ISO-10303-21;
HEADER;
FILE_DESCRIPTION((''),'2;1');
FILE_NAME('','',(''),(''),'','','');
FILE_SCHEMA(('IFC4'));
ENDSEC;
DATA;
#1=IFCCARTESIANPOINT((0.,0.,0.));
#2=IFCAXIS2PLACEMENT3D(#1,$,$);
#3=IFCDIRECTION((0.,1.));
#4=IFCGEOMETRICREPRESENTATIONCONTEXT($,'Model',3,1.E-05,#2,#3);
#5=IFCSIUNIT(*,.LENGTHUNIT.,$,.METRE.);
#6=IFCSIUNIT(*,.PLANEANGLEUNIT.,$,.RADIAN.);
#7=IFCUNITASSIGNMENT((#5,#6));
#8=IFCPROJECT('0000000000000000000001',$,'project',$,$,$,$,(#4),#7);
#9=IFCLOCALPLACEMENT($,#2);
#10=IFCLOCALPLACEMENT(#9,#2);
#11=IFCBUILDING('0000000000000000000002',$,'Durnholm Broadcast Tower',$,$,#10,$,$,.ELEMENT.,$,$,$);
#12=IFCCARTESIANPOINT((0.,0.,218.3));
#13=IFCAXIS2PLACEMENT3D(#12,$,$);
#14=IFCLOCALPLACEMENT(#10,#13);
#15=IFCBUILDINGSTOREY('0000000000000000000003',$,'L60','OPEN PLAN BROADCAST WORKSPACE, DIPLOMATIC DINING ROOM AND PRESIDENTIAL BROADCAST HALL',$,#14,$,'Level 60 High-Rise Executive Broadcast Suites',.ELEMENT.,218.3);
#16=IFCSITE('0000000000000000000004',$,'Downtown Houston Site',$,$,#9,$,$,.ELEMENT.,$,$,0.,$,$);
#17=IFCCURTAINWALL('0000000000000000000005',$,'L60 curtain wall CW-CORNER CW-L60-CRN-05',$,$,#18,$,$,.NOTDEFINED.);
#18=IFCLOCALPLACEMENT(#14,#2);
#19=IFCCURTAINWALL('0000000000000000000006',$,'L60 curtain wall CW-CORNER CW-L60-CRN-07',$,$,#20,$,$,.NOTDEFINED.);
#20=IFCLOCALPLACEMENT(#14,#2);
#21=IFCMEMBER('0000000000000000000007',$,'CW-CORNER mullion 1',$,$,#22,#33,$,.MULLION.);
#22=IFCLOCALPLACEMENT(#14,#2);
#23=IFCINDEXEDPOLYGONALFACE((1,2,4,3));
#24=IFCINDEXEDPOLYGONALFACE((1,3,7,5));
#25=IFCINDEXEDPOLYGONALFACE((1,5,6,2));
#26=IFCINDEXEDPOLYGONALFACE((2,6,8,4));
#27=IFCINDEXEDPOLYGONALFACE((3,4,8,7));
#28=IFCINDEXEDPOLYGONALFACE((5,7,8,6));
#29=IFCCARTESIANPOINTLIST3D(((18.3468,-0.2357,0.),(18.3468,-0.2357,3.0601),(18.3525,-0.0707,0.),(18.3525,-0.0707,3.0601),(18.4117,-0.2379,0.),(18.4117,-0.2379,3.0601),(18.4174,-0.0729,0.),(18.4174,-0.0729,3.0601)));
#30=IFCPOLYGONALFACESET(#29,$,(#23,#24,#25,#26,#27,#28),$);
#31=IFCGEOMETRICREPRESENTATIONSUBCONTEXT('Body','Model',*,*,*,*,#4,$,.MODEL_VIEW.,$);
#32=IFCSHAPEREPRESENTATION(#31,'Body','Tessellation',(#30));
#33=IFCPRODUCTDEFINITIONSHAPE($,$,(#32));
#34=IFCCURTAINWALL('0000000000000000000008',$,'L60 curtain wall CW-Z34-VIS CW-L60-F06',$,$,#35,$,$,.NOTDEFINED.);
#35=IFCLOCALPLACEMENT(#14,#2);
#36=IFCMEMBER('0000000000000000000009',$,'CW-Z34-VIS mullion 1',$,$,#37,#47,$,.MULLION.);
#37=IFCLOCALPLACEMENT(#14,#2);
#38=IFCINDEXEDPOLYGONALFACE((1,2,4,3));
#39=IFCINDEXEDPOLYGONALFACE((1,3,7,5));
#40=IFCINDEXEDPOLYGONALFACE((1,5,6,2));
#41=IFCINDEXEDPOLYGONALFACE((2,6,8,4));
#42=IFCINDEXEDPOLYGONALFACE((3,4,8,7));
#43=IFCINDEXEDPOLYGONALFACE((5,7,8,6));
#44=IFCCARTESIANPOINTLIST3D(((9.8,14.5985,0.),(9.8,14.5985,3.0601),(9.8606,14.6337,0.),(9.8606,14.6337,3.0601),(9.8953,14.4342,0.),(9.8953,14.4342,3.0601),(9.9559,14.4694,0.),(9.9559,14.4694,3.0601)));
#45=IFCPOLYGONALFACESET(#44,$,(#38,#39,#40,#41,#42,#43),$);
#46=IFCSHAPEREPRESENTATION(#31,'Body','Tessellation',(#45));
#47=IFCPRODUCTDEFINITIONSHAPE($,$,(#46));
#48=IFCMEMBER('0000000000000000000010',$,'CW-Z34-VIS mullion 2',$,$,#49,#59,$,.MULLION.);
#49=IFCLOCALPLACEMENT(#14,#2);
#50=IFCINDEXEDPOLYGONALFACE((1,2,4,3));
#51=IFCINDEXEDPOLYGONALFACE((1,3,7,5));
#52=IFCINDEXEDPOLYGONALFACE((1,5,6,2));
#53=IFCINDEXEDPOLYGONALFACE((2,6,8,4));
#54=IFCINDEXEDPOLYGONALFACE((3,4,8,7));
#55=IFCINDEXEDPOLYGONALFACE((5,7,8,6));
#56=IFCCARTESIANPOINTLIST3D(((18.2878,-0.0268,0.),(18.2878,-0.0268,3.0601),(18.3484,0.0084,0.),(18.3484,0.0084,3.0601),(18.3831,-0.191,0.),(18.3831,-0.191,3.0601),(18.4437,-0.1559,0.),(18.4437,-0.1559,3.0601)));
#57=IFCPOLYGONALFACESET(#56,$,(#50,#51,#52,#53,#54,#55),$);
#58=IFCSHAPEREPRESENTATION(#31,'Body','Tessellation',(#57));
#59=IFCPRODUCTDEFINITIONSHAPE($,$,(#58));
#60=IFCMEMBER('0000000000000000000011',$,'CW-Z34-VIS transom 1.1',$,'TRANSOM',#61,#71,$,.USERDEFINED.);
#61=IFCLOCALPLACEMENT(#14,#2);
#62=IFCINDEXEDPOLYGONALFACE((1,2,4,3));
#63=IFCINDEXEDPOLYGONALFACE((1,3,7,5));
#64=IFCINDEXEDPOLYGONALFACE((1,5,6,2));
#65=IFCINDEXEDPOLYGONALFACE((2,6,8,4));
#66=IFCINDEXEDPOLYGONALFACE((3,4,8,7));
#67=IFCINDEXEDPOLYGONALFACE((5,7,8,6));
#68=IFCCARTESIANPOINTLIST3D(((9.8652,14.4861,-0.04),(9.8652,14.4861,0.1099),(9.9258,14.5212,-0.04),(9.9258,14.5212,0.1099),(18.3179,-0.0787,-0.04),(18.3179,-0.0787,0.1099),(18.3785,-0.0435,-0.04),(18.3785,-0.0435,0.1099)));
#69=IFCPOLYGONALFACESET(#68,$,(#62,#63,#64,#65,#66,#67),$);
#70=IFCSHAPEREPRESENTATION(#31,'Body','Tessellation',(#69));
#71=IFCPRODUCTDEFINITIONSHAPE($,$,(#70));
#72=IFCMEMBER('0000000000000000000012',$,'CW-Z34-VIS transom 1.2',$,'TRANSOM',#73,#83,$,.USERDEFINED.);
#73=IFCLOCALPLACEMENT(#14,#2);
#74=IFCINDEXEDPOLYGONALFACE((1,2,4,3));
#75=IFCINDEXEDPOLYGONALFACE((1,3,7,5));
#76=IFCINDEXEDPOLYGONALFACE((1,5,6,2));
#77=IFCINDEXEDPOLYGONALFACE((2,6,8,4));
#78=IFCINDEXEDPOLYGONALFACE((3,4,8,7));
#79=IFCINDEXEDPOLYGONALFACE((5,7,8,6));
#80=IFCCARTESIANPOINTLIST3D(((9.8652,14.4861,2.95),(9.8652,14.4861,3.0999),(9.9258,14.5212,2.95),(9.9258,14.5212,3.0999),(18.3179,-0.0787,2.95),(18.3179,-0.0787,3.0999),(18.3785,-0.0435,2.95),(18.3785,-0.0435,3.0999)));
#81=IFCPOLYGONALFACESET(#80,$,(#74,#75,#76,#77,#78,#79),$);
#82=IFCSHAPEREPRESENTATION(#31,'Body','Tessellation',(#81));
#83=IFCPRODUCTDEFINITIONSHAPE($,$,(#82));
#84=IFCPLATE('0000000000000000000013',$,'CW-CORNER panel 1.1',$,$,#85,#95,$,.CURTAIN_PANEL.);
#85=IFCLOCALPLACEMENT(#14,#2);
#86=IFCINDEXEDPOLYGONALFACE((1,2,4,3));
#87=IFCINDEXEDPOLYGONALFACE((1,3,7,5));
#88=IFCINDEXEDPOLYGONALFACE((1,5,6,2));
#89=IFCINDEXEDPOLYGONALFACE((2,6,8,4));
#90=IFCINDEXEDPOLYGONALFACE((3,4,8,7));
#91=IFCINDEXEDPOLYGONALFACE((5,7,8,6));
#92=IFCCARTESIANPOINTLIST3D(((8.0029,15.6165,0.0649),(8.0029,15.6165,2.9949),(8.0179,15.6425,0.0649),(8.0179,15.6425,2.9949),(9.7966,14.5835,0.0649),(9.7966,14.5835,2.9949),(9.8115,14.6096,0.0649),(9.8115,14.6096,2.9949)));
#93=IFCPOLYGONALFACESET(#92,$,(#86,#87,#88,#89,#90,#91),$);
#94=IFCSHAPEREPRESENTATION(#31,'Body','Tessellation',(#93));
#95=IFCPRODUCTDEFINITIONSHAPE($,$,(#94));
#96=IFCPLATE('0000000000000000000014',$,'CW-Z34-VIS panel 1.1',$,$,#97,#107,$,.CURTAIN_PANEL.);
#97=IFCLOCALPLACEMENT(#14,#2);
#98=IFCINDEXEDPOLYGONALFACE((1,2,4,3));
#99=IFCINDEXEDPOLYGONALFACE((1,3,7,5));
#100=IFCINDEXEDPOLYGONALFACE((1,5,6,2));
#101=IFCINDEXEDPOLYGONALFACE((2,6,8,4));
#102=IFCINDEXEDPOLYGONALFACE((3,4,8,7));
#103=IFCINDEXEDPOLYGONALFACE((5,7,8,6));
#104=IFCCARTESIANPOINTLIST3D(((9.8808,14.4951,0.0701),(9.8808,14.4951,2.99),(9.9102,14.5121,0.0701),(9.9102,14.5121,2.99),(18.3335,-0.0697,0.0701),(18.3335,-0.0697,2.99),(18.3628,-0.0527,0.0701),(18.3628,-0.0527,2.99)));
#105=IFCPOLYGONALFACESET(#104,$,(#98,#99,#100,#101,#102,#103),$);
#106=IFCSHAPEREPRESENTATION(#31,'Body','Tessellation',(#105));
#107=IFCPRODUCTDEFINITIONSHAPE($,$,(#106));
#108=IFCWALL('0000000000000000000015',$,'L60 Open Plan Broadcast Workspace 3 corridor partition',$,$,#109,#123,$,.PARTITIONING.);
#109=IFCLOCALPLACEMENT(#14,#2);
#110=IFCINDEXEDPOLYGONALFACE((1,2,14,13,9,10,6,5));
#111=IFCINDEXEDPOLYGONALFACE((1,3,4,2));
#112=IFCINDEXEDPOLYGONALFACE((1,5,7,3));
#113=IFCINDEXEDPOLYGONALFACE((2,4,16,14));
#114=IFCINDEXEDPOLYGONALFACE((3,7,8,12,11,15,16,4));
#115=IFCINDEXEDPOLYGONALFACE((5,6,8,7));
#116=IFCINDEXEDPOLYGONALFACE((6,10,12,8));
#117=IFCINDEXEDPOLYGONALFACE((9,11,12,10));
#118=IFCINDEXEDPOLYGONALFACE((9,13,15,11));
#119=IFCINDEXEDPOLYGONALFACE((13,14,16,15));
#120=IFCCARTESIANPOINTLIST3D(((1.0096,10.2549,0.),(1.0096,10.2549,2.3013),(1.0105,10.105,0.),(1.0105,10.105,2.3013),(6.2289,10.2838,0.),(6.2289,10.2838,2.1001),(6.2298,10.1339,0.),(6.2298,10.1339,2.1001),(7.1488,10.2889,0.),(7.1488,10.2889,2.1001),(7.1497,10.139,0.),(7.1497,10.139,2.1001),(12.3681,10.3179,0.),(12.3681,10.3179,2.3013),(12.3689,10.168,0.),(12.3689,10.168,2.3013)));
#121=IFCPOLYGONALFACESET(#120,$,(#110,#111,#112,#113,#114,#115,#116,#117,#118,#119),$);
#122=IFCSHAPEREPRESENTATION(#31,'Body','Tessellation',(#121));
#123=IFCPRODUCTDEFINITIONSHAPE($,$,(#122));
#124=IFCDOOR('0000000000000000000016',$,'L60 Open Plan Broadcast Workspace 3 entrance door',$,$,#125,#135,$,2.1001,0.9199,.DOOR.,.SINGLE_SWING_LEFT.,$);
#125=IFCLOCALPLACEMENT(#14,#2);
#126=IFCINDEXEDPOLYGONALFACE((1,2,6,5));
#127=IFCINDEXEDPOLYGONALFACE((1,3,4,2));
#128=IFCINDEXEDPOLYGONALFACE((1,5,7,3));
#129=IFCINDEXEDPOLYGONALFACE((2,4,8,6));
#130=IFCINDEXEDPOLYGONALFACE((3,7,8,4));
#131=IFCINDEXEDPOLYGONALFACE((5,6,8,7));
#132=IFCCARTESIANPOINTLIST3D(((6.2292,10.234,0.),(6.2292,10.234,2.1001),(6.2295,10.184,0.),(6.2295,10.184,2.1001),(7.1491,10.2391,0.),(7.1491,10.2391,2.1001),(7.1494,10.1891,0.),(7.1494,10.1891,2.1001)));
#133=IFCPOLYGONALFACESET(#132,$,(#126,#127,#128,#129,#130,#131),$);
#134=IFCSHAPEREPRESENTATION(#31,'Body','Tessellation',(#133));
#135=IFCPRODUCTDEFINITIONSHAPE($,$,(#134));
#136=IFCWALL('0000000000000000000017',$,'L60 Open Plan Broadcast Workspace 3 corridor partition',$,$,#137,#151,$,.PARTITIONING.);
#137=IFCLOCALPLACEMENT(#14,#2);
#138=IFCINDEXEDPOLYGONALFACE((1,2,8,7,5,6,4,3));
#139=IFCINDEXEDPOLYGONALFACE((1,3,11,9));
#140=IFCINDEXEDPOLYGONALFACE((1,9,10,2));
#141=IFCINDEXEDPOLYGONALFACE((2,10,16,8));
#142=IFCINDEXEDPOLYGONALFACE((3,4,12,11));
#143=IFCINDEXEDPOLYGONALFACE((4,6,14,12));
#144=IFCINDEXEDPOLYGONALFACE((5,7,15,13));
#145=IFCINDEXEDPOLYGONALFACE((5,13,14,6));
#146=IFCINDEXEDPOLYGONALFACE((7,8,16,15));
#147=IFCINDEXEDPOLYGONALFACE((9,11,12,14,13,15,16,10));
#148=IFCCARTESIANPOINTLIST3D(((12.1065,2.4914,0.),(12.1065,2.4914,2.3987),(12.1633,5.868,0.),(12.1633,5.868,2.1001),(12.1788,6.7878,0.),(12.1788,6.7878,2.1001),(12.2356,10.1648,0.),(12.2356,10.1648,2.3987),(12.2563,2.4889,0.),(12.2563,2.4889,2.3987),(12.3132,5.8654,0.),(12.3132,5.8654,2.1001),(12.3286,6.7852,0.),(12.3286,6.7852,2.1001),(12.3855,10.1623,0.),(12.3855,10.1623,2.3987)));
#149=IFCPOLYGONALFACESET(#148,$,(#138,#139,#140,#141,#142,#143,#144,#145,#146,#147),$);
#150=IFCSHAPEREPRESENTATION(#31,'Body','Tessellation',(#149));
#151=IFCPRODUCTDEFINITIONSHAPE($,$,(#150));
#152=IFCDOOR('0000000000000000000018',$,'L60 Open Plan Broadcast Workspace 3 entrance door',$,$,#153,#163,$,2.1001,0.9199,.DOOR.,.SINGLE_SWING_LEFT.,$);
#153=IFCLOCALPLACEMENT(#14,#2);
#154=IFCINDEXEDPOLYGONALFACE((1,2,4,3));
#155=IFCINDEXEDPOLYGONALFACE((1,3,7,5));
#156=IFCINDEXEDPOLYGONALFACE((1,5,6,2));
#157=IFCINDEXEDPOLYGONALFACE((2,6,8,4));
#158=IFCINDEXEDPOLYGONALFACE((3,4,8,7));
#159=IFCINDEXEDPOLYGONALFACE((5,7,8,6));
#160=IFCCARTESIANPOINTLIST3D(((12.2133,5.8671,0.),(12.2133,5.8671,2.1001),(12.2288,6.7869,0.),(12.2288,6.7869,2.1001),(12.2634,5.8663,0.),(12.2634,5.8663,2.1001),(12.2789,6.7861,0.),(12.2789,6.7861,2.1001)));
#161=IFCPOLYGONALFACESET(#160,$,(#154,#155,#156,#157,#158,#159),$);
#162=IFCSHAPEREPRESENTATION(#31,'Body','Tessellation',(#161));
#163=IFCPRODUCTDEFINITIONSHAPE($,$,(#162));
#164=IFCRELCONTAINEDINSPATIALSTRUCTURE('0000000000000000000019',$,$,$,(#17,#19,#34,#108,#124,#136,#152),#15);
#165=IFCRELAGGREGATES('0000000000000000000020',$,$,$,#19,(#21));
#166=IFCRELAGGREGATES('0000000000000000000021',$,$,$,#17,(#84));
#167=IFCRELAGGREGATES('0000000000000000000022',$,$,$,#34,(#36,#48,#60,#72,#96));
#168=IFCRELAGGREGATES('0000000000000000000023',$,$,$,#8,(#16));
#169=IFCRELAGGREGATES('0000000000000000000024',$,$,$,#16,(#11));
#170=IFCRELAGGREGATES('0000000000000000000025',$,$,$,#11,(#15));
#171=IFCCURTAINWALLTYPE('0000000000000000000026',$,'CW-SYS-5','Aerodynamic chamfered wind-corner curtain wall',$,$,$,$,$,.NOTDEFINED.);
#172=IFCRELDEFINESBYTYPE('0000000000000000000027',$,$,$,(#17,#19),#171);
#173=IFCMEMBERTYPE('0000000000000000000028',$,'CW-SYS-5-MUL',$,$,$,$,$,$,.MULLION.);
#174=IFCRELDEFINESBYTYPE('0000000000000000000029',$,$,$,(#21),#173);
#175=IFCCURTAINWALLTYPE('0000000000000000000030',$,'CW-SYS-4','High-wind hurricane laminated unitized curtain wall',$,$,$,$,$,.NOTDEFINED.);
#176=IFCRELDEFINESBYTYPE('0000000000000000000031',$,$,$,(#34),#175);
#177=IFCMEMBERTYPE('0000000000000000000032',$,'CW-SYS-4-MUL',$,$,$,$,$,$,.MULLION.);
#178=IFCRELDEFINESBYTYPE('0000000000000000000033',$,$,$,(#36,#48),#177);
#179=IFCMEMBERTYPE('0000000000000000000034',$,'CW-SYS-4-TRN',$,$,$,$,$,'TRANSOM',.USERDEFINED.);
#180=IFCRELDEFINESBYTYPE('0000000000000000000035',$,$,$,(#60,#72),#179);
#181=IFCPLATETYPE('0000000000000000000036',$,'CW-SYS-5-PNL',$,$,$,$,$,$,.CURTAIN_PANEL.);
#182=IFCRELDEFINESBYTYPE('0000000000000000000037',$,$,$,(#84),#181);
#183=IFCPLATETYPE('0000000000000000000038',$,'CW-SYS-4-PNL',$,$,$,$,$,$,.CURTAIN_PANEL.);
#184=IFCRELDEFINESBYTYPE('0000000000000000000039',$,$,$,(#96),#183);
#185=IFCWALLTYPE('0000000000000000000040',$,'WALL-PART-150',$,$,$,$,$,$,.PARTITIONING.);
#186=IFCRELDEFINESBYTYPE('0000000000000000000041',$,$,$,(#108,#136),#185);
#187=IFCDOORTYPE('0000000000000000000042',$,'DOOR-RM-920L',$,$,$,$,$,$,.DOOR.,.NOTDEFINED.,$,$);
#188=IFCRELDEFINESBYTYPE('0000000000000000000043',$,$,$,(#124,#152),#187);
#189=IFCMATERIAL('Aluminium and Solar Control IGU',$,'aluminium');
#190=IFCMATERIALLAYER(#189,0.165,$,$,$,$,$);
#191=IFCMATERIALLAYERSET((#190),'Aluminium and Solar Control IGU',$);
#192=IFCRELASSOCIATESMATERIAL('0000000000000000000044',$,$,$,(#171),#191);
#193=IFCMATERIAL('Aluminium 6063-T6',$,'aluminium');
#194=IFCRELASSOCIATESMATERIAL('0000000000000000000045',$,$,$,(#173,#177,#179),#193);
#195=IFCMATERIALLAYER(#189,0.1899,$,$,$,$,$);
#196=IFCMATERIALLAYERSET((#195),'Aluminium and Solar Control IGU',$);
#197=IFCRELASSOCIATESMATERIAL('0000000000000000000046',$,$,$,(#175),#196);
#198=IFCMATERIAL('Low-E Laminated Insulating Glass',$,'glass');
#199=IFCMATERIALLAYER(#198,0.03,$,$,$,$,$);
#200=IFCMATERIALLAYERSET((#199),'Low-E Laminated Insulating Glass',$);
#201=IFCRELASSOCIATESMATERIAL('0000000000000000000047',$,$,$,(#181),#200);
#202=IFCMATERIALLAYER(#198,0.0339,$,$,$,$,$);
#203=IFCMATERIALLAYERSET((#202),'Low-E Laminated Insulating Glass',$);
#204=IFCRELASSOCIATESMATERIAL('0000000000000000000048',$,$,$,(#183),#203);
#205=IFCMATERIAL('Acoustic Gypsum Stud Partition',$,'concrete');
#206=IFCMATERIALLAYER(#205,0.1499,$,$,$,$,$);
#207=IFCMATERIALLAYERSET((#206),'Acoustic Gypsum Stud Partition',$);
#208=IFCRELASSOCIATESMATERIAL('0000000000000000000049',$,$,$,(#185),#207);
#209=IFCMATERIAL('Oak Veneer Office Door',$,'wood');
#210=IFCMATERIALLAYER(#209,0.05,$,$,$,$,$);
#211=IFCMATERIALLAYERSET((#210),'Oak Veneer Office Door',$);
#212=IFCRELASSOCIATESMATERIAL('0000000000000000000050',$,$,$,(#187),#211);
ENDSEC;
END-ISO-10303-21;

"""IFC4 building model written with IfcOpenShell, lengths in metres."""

from ifc_helpers import new_model, si_unit, direction, frame, frame_2d, origin, origin_2d, place, context, subcontext, project, spatial, rectangle, extrude, source, transform, mapped, material, layer, layer_set, material_profile, profile_set, type_object, type_shapes, element, fill, aggregate, save


model = new_model("IFC4")

# Units and contexts
model_context = context("Model", 3, precision=1e-05, world=origin(), true_north=direction((0.0, 1.0)))
body_context = subcontext(model_context, "Body", "Model", "MODEL_VIEW")
ifc_project = project(units=[si_unit("LENGTHUNIT", "METRE"), si_unit("PLANEANGLEUNIT", "RADIAN")], contexts=[model_context])

# Site, building, storey
site_placement = place(None, origin())
site = spatial("IfcSite", under=ifc_project, at=site_placement, Name="Downtown Houston Site", CompositionType="ELEMENT", RefElevation=0.0)
building_placement = place(site_placement, origin())
building = spatial("IfcBuilding", under=site, at=building_placement, Name="Durnholm Broadcast Tower", CompositionType="ELEMENT")
storey_placement = place(building_placement, frame((0.0, 0.0, 218.3)))
storey = spatial("IfcBuildingStorey", under=building, at=storey_placement, Name="L60", Description="OPEN PLAN BROADCAST WORKSPACE, DIPLOMATIC DINING ROOM AND PRESIDENTIAL BROADCAST HALL", LongName="Level 60 High-Rise Executive Broadcast Suites", CompositionType="ELEMENT", Elevation=218.3)

# Curtain walls
ifc_material_1 = material(Name="Aluminium and Solar Control IGU", Category="aluminium")
ifc_layer_1 = layer(ifc_material_1, 0.165)
ifc_layer_set_1 = layer_set([ifc_layer_1], Name="Aluminium and Solar Control IGU")
curtain_wall_type_1 = type_object("IfcCurtainWallType", Name="CW-SYS-5", Description="Aerodynamic chamfered wind-corner curtain wall", PredefinedType="NOTDEFINED", material=ifc_layer_set_1)
curtain_wall_1_placement = place(storey_placement, origin())
curtain_wall_1 = element("IfcCurtainWall", 1, at=curtain_wall_1_placement, inside=storey, type_object=curtain_wall_type_1, Name="L60 curtain wall CW-CORNER CW-L60-CRN-05", PredefinedType="NOTDEFINED")
ifc_material_2 = material(Name="Aluminium 6063-T6", Category="aluminium")
curtain_wall_2_placement = place(storey_placement, origin())
curtain_wall_2 = element("IfcCurtainWall", 2, at=curtain_wall_2_placement, inside=storey, type_object=curtain_wall_type_1, Name="L60 curtain wall CW-CORNER CW-L60-CRN-07", PredefinedType="NOTDEFINED")

# Member
ifc_material_profile_1 = material_profile(ifc_material_2, rectangle(XDim=0.0649, YDim=0.165, at=origin_2d()), Name="CWM65X165")
ifc_profile_set_1 = profile_set([ifc_material_profile_1], Name="Aluminium 6063-T6")
member_type_1 = type_object("IfcMemberType", Name="CW-SYS-5-MUL", PredefinedType="MULLION", material=ifc_profile_set_1)
shared_shape_1 = source(origin(), body_context, "Body", "SweptSolid", [
    extrude(rectangle(XDim=0.0649, YDim=0.165, at=origin_2d()), origin(), (0.0, 0.0, 1.0), 3.0601),
])
type_shapes(member_type_1, [shared_shape_1])
member_1_placement = place(storey_placement, frame((18.3821, -0.1543, 0.0), z_axis=(0.0, 0.0, 1.0), x_axis=(0.999411, -0.034318, 0.0)))
member_1 = element("IfcMember", 3, at=member_1_placement, type_object=member_type_1, Name="CW-CORNER mullion 1", PredefinedType="MULLION", context=body_context, shape_type="MappedRepresentation", body=[
    mapped(shared_shape_1, transform((0.0, 0.0, 0.0), x_axis=(1.0, 0.0, 0.0), y_axis=(0.0, 1.0, 0.0), z_axis=(0.0, 0.0, 1.0), scale=1.0)),
])
aggregate(curtain_wall_2, [member_1])

# Curtain wall, members
ifc_layer_2 = layer(ifc_material_1, 0.1899)
ifc_layer_set_2 = layer_set([ifc_layer_2], Name="Aluminium and Solar Control IGU")
curtain_wall_type_2 = type_object("IfcCurtainWallType", Name="CW-SYS-4", Description="High-wind hurricane laminated unitized curtain wall", PredefinedType="NOTDEFINED", material=ifc_layer_set_2)
curtain_wall_3_placement = place(storey_placement, origin())
curtain_wall_3 = element("IfcCurtainWall", 4, at=curtain_wall_3_placement, inside=storey, type_object=curtain_wall_type_2, Name="L60 curtain wall CW-Z34-VIS CW-L60-F06", PredefinedType="NOTDEFINED")
ifc_material_profile_2 = material_profile(ifc_material_2, rectangle(XDim=0.0701, YDim=0.1899, at=origin_2d()), Name="CWM70X190")
ifc_profile_set_2 = profile_set([ifc_material_profile_2], Name="Aluminium 6063-T6")
member_type_2 = type_object("IfcMemberType", Name="CW-SYS-4-MUL", PredefinedType="MULLION", material=ifc_profile_set_2)
shared_shape_2 = source(origin(), body_context, "Body", "SweptSolid", [
    extrude(rectangle(XDim=0.0701, YDim=0.1899, at=origin_2d()), origin(), (0.0, 0.0, 1.0), 3.0601),
])
type_shapes(member_type_2, [shared_shape_2])
member_2_placement = place(storey_placement, frame((9.8779, 14.5339, 0.0), z_axis=(0.0, 0.0, 1.0), x_axis=(0.8649, 0.501944, 0.0)))
member_2 = element("IfcMember", 5, at=member_2_placement, type_object=member_type_2, Name="CW-Z34-VIS mullion 1", PredefinedType="MULLION", context=body_context, shape_type="MappedRepresentation", body=[
    mapped(shared_shape_2, transform((0.0, 0.0, 0.0), x_axis=(1.0, 0.0, 0.0), y_axis=(0.0, 1.0, 0.0), z_axis=(0.0, 0.0, 1.0), scale=1.0)),
])
member_3_placement = place(storey_placement, frame((18.3657, -0.0913, 0.0), z_axis=(0.0, 0.0, 1.0), x_axis=(0.8649, 0.501944, 0.0)))
member_3 = element("IfcMember", 6, at=member_3_placement, type_object=member_type_2, Name="CW-Z34-VIS mullion 2", PredefinedType="MULLION", context=body_context, shape_type="MappedRepresentation", body=[
    mapped(shared_shape_2, transform((0.0, 0.0, 0.0), x_axis=(1.0, 0.0, 0.0), y_axis=(0.0, 1.0, 0.0), z_axis=(0.0, 0.0, 1.0), scale=1.0)),
])
ifc_material_profile_3 = material_profile(ifc_material_2, rectangle(XDim=0.0701, YDim=0.1499, at=origin_2d()), Name="CWT70X150")
ifc_profile_set_3 = profile_set([ifc_material_profile_3], Name="Aluminium 6063-T6")
member_type_3 = type_object("IfcMemberType", Name="CW-SYS-4-TRN", ElementType="TRANSOM", PredefinedType="USERDEFINED", material=ifc_profile_set_3)
shared_shape_3 = source(origin(), body_context, "Body", "SweptSolid", [
    extrude(rectangle(XDim=0.0701, YDim=0.1499, at=origin_2d()), origin(), (0.0, 0.0, 1.0), 16.8398),
])
type_shapes(member_type_3, [shared_shape_3])
member_4_placement = place(storey_placement, frame((9.8955, 14.5037, 0.0349), z_axis=(0.501945, -0.864899, 0.0), x_axis=(0.864899, 0.501945, 0.0)))
member_4 = element("IfcMember", 7, at=member_4_placement, type_object=member_type_3, Name="CW-Z34-VIS transom 1.1", ObjectType="TRANSOM", PredefinedType="USERDEFINED", context=body_context, shape_type="MappedRepresentation", body=[
    mapped(shared_shape_3, transform((0.0, 0.0, 0.0), x_axis=(1.0, 0.0, 0.0), y_axis=(0.0, 1.0, 0.0), z_axis=(0.0, 0.0, 1.0), scale=1.0)),
])
member_5_placement = place(storey_placement, frame((9.8955, 14.5037, 3.0249), z_axis=(0.501945, -0.864899, 0.0), x_axis=(0.864899, 0.501945, 0.0)))
member_5 = element("IfcMember", 8, at=member_5_placement, type_object=member_type_3, Name="CW-Z34-VIS transom 1.2", ObjectType="TRANSOM", PredefinedType="USERDEFINED", context=body_context, shape_type="MappedRepresentation", body=[
    mapped(shared_shape_3, transform((0.0, 0.0, 0.0), x_axis=(1.0, 0.0, 0.0), y_axis=(0.0, 1.0, 0.0), z_axis=(0.0, 0.0, 1.0), scale=1.0)),
])

# Plates
ifc_material_3 = material(Name="Low-E Laminated Insulating Glass", Category="glass")
ifc_layer_3 = layer(ifc_material_3, 0.03)
ifc_layer_set_3 = layer_set([ifc_layer_3], Name="Low-E Laminated Insulating Glass")
plate_type_1 = type_object("IfcPlateType", Name="CW-SYS-5-PNL", PredefinedType="CURTAIN_PANEL", material=ifc_layer_set_3)
shared_shape_4 = source(origin(), body_context, "Body", "SweptSolid", [
    extrude(rectangle(XDim=2.0698, YDim=0.03, at=origin_2d()), origin(), (0.0, 0.0, 1.0), 2.9299),
])
type_shapes(plate_type_1, [shared_shape_4])
plate_1_placement = place(storey_placement, frame((8.9072, 15.113, 0.0649), z_axis=(0.0, 0.0, 1.0), x_axis=(0.866568, -0.499059, 0.0)))
plate_1 = element("IfcPlate", 9, at=plate_1_placement, type_object=plate_type_1, Name="CW-CORNER panel 1.1", PredefinedType="CURTAIN_PANEL", context=body_context, shape_type="MappedRepresentation", body=[
    mapped(shared_shape_4, transform((0.0, 0.0, 0.0), x_axis=(1.0, 0.0, 0.0), y_axis=(0.0, 1.0, 0.0), z_axis=(0.0, 0.0, 1.0), scale=1.0)),
])
aggregate(curtain_wall_1, [plate_1])
ifc_layer_4 = layer(ifc_material_3, 0.0339)
ifc_layer_set_4 = layer_set([ifc_layer_4], Name="Low-E Laminated Insulating Glass")
plate_type_2 = type_object("IfcPlateType", Name="CW-SYS-4-PNL", PredefinedType="CURTAIN_PANEL", material=ifc_layer_set_4)
shared_shape_5 = source(origin(), body_context, "Body", "SweptSolid", [
    extrude(rectangle(XDim=16.8398, YDim=0.0339, at=origin_2d()), origin(), (0.0, 0.0, 1.0), 2.9199),
])
type_shapes(plate_type_2, [shared_shape_5])
plate_2_placement = place(storey_placement, frame((14.1218, 7.2212, 0.0701), z_axis=(0.0, 0.0, 1.0), x_axis=(0.501944, -0.8649, 0.0)))
plate_2 = element("IfcPlate", 10, at=plate_2_placement, type_object=plate_type_2, Name="CW-Z34-VIS panel 1.1", PredefinedType="CURTAIN_PANEL", context=body_context, shape_type="MappedRepresentation", body=[
    mapped(shared_shape_5, transform((0.0, 0.0, 0.0), x_axis=(1.0, 0.0, 0.0), y_axis=(0.0, 1.0, 0.0), z_axis=(0.0, 0.0, 1.0), scale=1.0)),
])
aggregate(curtain_wall_3, [member_2, member_3, member_4, member_5, plate_2])

# Walls, openings, doors
ifc_material_4 = material(Name="Acoustic Gypsum Stud Partition", Category="concrete")
ifc_layer_5 = layer(ifc_material_4, 0.1499)
ifc_layer_set_5 = layer_set([ifc_layer_5], Name="Acoustic Gypsum Stud Partition")
wall_type_1 = type_object("IfcWallType", Name="WALL-PART-150", PredefinedType="PARTITIONING", material=ifc_layer_set_5)
wall_1_placement = place(storey_placement, frame((12.3684, 10.2429, 0.0), z_axis=(0.0, 0.0, 1.0), x_axis=(-0.999985, -0.005545, 0.0)))
wall_1 = element("IfcWall", 11, at=wall_1_placement, inside=storey, type_object=wall_type_1, Name="L60 Open Plan Broadcast Workspace 3 corridor partition", PredefinedType="PARTITIONING", context=body_context, shape_type="SweptSolid", body=[
    extrude(rectangle(XDim=11.3586, YDim=0.1499, at=frame_2d((5.6792, 0.0))), origin(), (0.0, 0.0, 1.0), 2.3013),
])
opening_1_placement = place(wall_1_placement, frame((5.2192, 0.0, 0.0)))
opening_1 = element("IfcOpeningElement", 12, at=opening_1_placement, cuts=wall_1, PredefinedType="OPENING", context=body_context, shape_type="SweptSolid", body=[
    extrude(rectangle(XDim=0.9199, YDim=2.1001, at=frame_2d((0.46, 1.05))), frame((0.0, 0.085, 0.0), z_axis=(0.0, -1.0, 0.0), x_axis=(1.0, 0.0, 0.0)), (0.0, 0.0, 1.0), 0.1699),
])
ifc_material_5 = material(Name="Oak Veneer Office Door", Category="wood")
ifc_layer_6 = layer(ifc_material_5, 0.05)
ifc_layer_set_6 = layer_set([ifc_layer_6], Name="Oak Veneer Office Door")
door_type = type_object("IfcDoorType", Name="DOOR-RM-920L", OperationType="NOTDEFINED", PredefinedType="DOOR", material=ifc_layer_set_6)
shared_shape_6 = source(origin(), body_context, "Body", "SweptSolid", [
    extrude(rectangle(XDim=0.9199, YDim=2.1001, at=frame_2d((0.46, 1.05))), frame((0.0, 0.0249, 0.0), z_axis=(0.0, -1.0, 0.0), x_axis=(1.0, 0.0, 0.0)), (0.0, 0.0, 1.0), 0.05),
])
type_shapes(door_type, [shared_shape_6])
door_1_placement = place(opening_1_placement, origin())
door_1 = element("IfcDoor", 13, at=door_1_placement, inside=storey, type_object=door_type, Name="L60 Open Plan Broadcast Workspace 3 entrance door", OperationType="SINGLE_SWING_LEFT", OverallHeight=2.1001, OverallWidth=0.9199, PredefinedType="DOOR", context=body_context, shape_type="MappedRepresentation", body=[
    mapped(shared_shape_6, transform((0.0, 0.0, 0.0), x_axis=(1.0, 0.0, 0.0), y_axis=(0.0, 1.0, 0.0), z_axis=(0.0, 0.0, 1.0), scale=1.0)),
])
fill(opening_1, door_1)
wall_2_placement = place(storey_placement, frame((12.1814, 2.49, 0.0), z_axis=(0.0, 0.0, 1.0), x_axis=(0.016828, 0.999858, 0.0)))
wall_2 = element("IfcWall", 14, at=wall_2_placement, inside=storey, type_object=wall_type_1, Name="L60 Open Plan Broadcast Workspace 3 corridor partition", PredefinedType="PARTITIONING", context=body_context, shape_type="SweptSolid", body=[
    extrude(rectangle(XDim=7.6746, YDim=0.1499, at=frame_2d((3.8374, 0.0))), origin(), (0.0, 0.0, 1.0), 2.3987),
])
opening_2_placement = place(wall_2_placement, frame((3.3772, 0.0, 0.0)))
opening_2 = element("IfcOpeningElement", 15, at=opening_2_placement, cuts=wall_2, PredefinedType="OPENING", context=body_context, shape_type="SweptSolid", body=[
    extrude(rectangle(XDim=0.9199, YDim=2.1001, at=frame_2d((0.46, 1.05))), frame((0.0, 0.085, 0.0), z_axis=(0.0, -1.0, 0.0), x_axis=(1.0, 0.0, 0.0)), (0.0, 0.0, 1.0), 0.1699),
])
door_2_placement = place(opening_2_placement, origin())
door_2 = element("IfcDoor", 16, at=door_2_placement, inside=storey, type_object=door_type, Name="L60 Open Plan Broadcast Workspace 3 entrance door", OperationType="SINGLE_SWING_LEFT", OverallHeight=2.1001, OverallWidth=0.9199, PredefinedType="DOOR", context=body_context, shape_type="MappedRepresentation", body=[
    mapped(shared_shape_6, transform((0.0, 0.0, 0.0), x_axis=(1.0, 0.0, 0.0), y_axis=(0.0, 1.0, 0.0), z_axis=(0.0, 0.0, 1.0), scale=1.0)),
])
fill(opening_2, door_2)

save(model, "model.ifc")
